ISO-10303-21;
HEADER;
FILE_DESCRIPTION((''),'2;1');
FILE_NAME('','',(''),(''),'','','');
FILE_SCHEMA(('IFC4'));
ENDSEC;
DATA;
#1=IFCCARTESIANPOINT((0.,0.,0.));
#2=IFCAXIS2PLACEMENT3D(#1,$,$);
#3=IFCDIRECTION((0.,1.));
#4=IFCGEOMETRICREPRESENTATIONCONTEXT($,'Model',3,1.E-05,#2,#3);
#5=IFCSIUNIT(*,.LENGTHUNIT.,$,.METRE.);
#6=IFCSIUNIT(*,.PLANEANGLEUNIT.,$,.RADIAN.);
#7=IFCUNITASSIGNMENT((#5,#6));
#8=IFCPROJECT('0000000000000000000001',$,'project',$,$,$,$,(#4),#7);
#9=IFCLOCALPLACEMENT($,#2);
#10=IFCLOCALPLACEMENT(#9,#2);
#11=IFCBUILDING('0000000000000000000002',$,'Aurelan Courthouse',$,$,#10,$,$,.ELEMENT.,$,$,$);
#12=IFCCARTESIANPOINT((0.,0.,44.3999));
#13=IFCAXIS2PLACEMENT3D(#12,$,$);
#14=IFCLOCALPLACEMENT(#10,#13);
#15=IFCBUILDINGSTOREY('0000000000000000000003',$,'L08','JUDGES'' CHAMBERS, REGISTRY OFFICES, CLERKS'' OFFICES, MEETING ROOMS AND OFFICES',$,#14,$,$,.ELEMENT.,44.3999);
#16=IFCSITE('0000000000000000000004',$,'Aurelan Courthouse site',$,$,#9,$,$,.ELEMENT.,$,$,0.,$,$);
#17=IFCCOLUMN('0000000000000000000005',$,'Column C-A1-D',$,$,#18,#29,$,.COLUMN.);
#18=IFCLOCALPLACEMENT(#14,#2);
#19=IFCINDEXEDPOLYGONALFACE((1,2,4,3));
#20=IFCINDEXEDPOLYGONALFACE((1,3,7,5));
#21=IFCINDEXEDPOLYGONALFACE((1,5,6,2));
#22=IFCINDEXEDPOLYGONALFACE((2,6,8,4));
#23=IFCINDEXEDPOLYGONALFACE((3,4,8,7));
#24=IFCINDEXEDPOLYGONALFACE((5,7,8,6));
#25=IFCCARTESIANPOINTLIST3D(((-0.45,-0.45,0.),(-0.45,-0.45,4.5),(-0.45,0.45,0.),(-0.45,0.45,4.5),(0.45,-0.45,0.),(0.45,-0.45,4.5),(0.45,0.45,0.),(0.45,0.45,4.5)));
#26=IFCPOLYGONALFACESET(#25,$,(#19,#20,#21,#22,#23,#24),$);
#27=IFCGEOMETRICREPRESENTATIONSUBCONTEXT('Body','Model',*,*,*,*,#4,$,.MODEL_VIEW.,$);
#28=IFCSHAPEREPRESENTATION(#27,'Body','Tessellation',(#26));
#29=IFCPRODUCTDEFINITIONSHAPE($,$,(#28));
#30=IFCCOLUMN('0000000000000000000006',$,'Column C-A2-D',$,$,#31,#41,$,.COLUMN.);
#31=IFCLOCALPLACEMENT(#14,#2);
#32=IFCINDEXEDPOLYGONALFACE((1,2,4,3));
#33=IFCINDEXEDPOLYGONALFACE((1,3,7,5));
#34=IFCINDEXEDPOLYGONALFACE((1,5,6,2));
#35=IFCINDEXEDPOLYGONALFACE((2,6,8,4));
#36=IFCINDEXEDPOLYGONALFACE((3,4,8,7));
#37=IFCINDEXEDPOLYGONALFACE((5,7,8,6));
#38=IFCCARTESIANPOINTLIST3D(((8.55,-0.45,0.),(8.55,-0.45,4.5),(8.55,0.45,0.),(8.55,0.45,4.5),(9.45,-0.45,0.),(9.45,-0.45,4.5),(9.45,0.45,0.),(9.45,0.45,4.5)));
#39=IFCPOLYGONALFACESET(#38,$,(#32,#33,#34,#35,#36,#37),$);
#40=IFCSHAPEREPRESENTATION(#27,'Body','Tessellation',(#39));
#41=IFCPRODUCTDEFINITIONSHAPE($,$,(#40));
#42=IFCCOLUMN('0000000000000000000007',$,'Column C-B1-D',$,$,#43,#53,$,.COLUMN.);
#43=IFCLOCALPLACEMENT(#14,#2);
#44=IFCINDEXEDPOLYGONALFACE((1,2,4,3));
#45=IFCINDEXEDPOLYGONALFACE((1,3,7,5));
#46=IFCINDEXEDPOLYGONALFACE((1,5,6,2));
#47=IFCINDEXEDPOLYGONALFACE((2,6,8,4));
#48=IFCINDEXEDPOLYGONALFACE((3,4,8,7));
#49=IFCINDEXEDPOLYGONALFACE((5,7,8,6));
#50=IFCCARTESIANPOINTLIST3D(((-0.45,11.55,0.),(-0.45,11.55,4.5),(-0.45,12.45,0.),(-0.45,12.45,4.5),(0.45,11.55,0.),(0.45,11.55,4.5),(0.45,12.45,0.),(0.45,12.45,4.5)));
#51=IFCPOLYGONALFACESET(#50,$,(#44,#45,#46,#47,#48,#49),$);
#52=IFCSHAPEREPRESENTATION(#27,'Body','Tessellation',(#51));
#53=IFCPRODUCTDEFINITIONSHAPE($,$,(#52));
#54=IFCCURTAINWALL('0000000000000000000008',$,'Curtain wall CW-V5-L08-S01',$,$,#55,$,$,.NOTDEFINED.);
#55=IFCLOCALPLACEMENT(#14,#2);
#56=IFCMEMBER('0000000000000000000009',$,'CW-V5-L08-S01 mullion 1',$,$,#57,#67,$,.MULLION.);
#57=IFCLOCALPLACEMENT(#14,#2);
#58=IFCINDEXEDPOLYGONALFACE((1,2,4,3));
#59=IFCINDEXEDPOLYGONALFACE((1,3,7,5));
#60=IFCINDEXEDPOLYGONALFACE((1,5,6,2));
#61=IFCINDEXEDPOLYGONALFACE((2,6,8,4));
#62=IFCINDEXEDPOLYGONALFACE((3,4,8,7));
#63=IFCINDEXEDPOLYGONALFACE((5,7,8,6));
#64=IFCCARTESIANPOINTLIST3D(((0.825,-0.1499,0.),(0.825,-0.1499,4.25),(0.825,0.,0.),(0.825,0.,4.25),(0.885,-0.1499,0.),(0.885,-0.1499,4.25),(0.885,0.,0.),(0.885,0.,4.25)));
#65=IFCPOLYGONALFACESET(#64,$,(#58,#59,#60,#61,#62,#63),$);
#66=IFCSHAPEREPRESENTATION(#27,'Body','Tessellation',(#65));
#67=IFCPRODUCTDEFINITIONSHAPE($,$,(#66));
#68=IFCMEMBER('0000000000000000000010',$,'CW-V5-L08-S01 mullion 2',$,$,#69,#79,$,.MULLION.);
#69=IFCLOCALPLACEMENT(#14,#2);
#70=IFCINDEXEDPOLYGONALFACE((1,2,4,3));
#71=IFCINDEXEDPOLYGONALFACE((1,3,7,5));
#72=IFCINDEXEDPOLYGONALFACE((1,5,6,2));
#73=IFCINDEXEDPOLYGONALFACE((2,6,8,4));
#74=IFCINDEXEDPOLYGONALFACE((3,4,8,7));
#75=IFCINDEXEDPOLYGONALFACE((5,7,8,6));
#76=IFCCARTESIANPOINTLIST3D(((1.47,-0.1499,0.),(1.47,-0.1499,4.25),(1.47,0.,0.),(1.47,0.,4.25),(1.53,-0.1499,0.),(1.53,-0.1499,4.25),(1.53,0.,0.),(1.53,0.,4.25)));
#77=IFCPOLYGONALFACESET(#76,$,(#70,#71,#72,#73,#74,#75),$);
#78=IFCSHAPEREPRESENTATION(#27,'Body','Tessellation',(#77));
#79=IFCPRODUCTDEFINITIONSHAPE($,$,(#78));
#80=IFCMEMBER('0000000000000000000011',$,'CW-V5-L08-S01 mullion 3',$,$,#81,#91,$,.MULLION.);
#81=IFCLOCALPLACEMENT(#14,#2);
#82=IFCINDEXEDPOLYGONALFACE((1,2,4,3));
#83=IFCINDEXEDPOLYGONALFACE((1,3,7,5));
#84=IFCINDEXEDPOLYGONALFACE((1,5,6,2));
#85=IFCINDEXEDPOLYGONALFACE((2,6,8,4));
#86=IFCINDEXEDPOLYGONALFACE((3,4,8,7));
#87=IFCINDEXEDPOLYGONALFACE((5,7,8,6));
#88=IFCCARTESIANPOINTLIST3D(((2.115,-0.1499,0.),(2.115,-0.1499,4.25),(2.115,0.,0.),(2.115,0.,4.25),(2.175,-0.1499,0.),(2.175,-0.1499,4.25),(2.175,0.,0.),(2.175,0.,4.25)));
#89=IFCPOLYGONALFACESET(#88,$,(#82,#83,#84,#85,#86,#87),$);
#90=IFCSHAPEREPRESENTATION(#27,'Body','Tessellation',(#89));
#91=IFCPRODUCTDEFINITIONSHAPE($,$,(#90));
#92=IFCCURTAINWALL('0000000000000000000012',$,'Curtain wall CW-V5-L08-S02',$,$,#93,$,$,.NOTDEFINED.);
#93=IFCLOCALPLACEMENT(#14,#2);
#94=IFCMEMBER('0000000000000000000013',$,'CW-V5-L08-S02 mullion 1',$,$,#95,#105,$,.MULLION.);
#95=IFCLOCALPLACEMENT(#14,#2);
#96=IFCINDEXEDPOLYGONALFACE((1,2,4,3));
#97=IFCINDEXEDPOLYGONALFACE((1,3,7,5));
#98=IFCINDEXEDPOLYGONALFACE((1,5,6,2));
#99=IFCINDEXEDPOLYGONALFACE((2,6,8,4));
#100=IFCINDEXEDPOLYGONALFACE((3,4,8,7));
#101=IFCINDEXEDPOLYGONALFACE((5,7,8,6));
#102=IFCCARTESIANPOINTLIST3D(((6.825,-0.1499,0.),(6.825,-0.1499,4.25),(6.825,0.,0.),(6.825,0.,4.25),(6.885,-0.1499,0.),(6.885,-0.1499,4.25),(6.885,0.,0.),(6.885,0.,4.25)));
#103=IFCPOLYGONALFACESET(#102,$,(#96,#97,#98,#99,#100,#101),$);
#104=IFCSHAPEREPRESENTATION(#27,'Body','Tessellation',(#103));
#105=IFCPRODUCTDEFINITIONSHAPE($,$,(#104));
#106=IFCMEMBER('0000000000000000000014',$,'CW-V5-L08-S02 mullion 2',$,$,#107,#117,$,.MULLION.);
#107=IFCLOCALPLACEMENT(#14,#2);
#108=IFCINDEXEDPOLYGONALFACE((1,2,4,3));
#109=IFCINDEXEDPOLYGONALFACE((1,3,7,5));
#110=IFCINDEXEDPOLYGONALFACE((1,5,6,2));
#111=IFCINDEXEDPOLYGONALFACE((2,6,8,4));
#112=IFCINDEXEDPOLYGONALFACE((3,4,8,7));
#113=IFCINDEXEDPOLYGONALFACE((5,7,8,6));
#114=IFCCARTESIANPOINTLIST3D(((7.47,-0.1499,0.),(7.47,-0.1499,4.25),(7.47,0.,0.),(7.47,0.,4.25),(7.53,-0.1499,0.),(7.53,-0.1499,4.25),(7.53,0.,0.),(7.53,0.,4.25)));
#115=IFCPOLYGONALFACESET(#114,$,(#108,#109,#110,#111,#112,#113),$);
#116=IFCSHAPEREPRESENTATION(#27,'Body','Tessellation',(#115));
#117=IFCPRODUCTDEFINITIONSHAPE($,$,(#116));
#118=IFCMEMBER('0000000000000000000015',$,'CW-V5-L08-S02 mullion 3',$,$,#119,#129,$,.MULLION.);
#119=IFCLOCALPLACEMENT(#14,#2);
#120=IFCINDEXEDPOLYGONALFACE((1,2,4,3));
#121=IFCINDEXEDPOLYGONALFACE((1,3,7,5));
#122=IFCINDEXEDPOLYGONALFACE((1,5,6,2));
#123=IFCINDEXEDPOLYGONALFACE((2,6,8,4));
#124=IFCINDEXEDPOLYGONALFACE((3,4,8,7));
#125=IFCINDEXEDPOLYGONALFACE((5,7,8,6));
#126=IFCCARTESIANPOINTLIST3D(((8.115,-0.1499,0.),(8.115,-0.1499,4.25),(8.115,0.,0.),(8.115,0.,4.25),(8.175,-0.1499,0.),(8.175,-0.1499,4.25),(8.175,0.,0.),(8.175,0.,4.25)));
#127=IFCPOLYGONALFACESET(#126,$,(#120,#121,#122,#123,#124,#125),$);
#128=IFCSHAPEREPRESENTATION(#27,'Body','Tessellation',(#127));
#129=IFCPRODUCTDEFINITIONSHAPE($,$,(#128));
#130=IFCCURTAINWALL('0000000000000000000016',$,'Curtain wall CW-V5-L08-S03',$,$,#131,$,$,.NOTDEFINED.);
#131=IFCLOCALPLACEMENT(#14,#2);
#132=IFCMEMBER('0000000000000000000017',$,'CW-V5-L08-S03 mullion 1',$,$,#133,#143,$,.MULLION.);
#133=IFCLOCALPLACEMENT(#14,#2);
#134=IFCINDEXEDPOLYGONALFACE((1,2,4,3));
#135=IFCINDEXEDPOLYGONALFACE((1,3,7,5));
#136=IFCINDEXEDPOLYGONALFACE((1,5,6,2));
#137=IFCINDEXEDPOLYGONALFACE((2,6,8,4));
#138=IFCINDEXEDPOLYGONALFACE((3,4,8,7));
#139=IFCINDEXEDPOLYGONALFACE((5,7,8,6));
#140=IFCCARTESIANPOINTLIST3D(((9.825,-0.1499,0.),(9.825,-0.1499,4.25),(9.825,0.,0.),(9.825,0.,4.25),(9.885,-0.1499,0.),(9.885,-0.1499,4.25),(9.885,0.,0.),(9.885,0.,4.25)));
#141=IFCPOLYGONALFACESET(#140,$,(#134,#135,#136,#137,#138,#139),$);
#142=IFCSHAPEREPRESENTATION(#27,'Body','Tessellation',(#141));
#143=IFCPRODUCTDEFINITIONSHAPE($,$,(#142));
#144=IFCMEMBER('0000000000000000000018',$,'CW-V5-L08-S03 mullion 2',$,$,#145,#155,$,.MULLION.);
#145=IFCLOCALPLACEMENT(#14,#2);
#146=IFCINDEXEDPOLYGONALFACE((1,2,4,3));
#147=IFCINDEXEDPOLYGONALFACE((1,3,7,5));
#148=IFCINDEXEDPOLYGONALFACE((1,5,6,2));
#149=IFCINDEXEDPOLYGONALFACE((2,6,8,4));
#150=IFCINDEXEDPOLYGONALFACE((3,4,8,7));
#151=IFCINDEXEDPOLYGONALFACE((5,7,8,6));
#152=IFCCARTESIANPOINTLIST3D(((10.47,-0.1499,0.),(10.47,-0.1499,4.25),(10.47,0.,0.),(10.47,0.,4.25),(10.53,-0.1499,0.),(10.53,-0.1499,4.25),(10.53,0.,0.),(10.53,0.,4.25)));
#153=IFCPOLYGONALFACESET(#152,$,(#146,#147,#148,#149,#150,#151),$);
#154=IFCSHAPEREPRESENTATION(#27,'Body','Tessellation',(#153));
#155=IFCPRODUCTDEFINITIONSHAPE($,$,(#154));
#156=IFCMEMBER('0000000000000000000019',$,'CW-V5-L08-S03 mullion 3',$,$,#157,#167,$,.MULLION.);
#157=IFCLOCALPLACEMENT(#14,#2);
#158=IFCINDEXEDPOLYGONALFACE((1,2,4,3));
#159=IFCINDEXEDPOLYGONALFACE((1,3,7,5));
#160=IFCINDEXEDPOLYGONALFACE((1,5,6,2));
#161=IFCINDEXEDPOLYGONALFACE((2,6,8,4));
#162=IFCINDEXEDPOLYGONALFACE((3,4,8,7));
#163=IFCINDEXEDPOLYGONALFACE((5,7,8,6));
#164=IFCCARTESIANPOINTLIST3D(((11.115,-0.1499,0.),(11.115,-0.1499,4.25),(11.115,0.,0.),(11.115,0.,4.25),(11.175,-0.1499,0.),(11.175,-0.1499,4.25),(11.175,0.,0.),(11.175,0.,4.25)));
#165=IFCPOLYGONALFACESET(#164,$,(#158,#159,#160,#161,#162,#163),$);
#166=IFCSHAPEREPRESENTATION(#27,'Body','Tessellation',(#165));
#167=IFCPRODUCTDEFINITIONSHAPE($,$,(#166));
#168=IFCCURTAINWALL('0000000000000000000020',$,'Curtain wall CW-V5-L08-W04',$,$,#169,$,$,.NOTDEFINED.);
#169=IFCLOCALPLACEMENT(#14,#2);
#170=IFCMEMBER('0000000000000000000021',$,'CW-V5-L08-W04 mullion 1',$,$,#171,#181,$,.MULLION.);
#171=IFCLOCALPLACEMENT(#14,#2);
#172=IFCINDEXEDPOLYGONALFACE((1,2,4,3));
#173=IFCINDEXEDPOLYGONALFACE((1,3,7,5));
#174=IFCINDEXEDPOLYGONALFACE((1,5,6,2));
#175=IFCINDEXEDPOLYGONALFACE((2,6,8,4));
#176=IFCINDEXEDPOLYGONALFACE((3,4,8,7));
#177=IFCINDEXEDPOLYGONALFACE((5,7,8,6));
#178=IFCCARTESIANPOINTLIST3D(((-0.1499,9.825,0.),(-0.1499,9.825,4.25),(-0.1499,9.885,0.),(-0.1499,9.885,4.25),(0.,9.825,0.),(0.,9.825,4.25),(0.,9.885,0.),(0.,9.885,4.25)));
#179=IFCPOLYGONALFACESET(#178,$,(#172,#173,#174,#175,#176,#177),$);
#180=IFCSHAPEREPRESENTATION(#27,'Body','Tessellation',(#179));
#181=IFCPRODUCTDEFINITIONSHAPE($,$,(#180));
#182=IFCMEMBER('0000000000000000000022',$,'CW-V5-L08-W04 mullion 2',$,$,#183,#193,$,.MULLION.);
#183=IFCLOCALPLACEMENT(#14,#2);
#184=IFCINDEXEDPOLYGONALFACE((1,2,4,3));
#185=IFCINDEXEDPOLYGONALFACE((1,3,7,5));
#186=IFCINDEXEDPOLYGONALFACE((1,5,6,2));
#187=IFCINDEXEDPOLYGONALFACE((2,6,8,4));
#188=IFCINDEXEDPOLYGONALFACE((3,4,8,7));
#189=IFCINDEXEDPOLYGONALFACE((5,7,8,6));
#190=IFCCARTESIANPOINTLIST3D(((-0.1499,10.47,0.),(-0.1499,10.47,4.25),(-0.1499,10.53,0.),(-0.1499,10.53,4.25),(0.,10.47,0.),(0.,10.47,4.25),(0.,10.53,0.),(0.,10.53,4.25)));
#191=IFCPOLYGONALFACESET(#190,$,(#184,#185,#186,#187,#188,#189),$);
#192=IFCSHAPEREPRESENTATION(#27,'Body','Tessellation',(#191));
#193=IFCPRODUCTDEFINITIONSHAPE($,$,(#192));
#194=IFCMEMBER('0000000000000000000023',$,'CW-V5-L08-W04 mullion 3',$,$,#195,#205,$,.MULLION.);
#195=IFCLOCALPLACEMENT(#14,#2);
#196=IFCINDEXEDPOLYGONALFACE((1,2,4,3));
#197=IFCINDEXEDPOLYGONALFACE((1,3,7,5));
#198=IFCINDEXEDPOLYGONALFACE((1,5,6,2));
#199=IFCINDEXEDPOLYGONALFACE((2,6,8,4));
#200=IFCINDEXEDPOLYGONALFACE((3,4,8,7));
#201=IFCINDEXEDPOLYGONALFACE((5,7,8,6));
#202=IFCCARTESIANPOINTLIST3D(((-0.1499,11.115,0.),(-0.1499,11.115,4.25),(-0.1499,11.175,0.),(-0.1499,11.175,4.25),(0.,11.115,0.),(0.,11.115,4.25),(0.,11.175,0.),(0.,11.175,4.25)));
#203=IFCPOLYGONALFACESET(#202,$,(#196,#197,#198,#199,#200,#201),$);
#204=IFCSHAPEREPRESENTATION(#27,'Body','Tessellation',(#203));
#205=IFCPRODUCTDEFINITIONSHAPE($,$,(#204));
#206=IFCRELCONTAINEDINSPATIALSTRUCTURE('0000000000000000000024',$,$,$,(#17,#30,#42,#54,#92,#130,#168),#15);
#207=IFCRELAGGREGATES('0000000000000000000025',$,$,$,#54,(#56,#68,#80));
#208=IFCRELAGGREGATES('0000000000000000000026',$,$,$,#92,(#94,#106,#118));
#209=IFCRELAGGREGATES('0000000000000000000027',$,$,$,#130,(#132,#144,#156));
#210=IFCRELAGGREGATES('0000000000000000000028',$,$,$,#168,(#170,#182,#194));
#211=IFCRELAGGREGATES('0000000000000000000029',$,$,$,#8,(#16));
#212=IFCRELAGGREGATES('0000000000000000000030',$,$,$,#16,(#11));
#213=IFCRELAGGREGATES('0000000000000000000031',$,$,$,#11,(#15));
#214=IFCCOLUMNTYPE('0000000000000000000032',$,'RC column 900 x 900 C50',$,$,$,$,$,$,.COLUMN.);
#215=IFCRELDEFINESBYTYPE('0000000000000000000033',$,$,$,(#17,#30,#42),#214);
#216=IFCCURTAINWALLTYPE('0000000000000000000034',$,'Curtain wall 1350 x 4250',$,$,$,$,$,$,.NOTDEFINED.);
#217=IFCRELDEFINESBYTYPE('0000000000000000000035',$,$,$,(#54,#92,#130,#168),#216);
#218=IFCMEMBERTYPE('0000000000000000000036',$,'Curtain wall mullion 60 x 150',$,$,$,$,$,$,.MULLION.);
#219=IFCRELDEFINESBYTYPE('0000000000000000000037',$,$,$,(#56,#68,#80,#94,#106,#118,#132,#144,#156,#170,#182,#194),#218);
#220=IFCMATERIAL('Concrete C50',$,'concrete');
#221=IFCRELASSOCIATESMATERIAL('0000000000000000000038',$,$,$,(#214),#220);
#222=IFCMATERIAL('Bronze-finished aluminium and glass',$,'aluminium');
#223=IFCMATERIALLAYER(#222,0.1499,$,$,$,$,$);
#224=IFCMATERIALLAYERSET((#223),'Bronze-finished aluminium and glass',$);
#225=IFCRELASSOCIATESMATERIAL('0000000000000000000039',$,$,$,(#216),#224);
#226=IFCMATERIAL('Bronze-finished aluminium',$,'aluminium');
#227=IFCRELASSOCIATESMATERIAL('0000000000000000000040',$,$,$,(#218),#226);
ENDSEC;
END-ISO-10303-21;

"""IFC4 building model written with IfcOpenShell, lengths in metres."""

from ifc_helpers import new_model, si_unit, direction, frame, origin, origin_2d, place, context, subcontext, project, spatial, rectangle, extrude, material, layer, layer_set, material_profile, profile_set, type_object, element, aggregate, save


model = new_model("IFC4")

# Units and contexts
model_context = context("Model", 3, precision=1e-05, world=origin(), true_north=direction((0.0, 1.0)))
body_context = subcontext(model_context, "Body", "Model", "MODEL_VIEW")
ifc_project = project(units=[si_unit("LENGTHUNIT", "METRE"), si_unit("PLANEANGLEUNIT", "RADIAN")], contexts=[model_context])

# Site, building, storey
site_placement = place(None, origin())
site = spatial("IfcSite", under=ifc_project, at=site_placement, Name="Aurelan Courthouse site", CompositionType="ELEMENT", RefElevation=0.0)
building_placement = place(site_placement, origin())
building = spatial("IfcBuilding", under=site, at=building_placement, Name="Aurelan Courthouse", CompositionType="ELEMENT")
storey_placement = place(building_placement, frame((0.0, 0.0, 44.3999)))
storey = spatial("IfcBuildingStorey", under=building, at=storey_placement, Name="L08", Description="JUDGES' CHAMBERS, REGISTRY OFFICES, CLERKS' OFFICES, MEETING ROOMS AND OFFICES", CompositionType="ELEMENT", Elevation=44.3999)

# Columns
ifc_material_1 = material(Name="Concrete C50", Category="concrete")
ifc_material_profile_1 = material_profile(ifc_material_1, rectangle(XDim=0.8999, YDim=0.8999, at=origin_2d()), Name="RC 900 x 900")
ifc_profile_set_1 = profile_set([ifc_material_profile_1], Name="Concrete C50")
column_type = type_object("IfcColumnType", Name="RC column 900 x 900 C50", PredefinedType="COLUMN", material=ifc_profile_set_1)
for number, where, z_axis, x_axis, name in (
    (1, (0.0, 0.0, 0.0), (0.0, 0.0, 1.0), (1.0, 0.0, 0.0), "Column C-A1-D"),
    (2, (9.0, 0.0, 0.0), (0.0, 0.0, 1.0), (1.0, 0.0, 0.0), "Column C-A2-D"),
    (3, (0.0, 12.0, 0.0), (0.0, 0.0, 1.0), (1.0, 0.0, 0.0), "Column C-B1-D"),
):
    element("IfcColumn", number, at=place(storey_placement, frame(where, z_axis=z_axis, x_axis=x_axis)), inside=storey, type_object=column_type, Name=name, PredefinedType="COLUMN", context=body_context, shape_type="SweptSolid", body=[
        extrude(rectangle(XDim=0.8999, YDim=0.8999, at=origin_2d()), origin(), (0.0, 0.0, 1.0), 4.5),
    ])

# Curtain walls, members
ifc_material_2 = material(Name="Bronze-finished aluminium and glass", Category="aluminium")
ifc_layer_1 = layer(ifc_material_2, 0.1499)
ifc_layer_set_1 = layer_set([ifc_layer_1], Name="Bronze-finished aluminium and glass")
curtain_wall_type = type_object("IfcCurtainWallType", Name="Curtain wall 1350 x 4250", PredefinedType="NOTDEFINED", material=ifc_layer_set_1)
curtain_wall_1_placement = place(storey_placement, origin())
curtain_wall_1 = element("IfcCurtainWall", 4, at=curtain_wall_1_placement, inside=storey, type_object=curtain_wall_type, Name="Curtain wall CW-V5-L08-S01", PredefinedType="NOTDEFINED")
ifc_material_3 = material(Name="Bronze-finished aluminium", Category="aluminium")
ifc_material_profile_2 = material_profile(ifc_material_3, rectangle(XDim=0.1499, YDim=0.0601, at=origin_2d()), Name="Bronze mullion 60 x 150")
ifc_profile_set_2 = profile_set([ifc_material_profile_2], Name="Bronze-finished aluminium")
member_type = type_object("IfcMemberType", Name="Curtain wall mullion 60 x 150", PredefinedType="MULLION", material=ifc_profile_set_2)
member_1_placement = place(storey_placement, frame((0.855, -0.075, 0.0), z_axis=(0.0, 0.0, 1.0), x_axis=(0.0, 1.0, 0.0)))
member_1 = element("IfcMember", 5, at=member_1_placement, type_object=member_type, Name="CW-V5-L08-S01 mullion 1", PredefinedType="MULLION", context=body_context, shape_type="SweptSolid", body=[
    extrude(rectangle(XDim=0.1499, YDim=0.0601, at=origin_2d()), origin(), (0.0, 0.0, 1.0), 4.25),
])
member_2_placement = place(storey_placement, frame((1.5, -0.075, 0.0), z_axis=(0.0, 0.0, 1.0), x_axis=(0.0, 1.0, 0.0)))
member_2 = element("IfcMember", 6, at=member_2_placement, type_object=member_type, Name="CW-V5-L08-S01 mullion 2", PredefinedType="MULLION", context=body_context, shape_type="SweptSolid", body=[
    extrude(rectangle(XDim=0.1499, YDim=0.0601, at=origin_2d()), origin(), (0.0, 0.0, 1.0), 4.25),
])
member_3_placement = place(storey_placement, frame((2.145, -0.075, 0.0), z_axis=(0.0, 0.0, 1.0), x_axis=(0.0, 1.0, 0.0)))
member_3 = element("IfcMember", 7, at=member_3_placement, type_object=member_type, Name="CW-V5-L08-S01 mullion 3", PredefinedType="MULLION", context=body_context, shape_type="SweptSolid", body=[
    extrude(rectangle(XDim=0.1499, YDim=0.0601, at=origin_2d()), origin(), (0.0, 0.0, 1.0), 4.25),
])
aggregate(curtain_wall_1, [member_1, member_2, member_3])
curtain_wall_2_placement = place(storey_placement, origin())
curtain_wall_2 = element("IfcCurtainWall", 8, at=curtain_wall_2_placement, inside=storey, type_object=curtain_wall_type, Name="Curtain wall CW-V5-L08-S02", PredefinedType="NOTDEFINED")
member_4_placement = place(storey_placement, frame((6.855, -0.075, 0.0), z_axis=(0.0, 0.0, 1.0), x_axis=(0.0, 1.0, 0.0)))
member_4 = element("IfcMember", 9, at=member_4_placement, type_object=member_type, Name="CW-V5-L08-S02 mullion 1", PredefinedType="MULLION", context=body_context, shape_type="SweptSolid", body=[
    extrude(rectangle(XDim=0.1499, YDim=0.0601, at=origin_2d()), origin(), (0.0, 0.0, 1.0), 4.25),
])
member_5_placement = place(storey_placement, frame((7.5, -0.075, 0.0), z_axis=(0.0, 0.0, 1.0), x_axis=(0.0, 1.0, 0.0)))
member_5 = element("IfcMember", 10, at=member_5_placement, type_object=member_type, Name="CW-V5-L08-S02 mullion 2", PredefinedType="MULLION", context=body_context, shape_type="SweptSolid", body=[
    extrude(rectangle(XDim=0.1499, YDim=0.0601, at=origin_2d()), origin(), (0.0, 0.0, 1.0), 4.25),
])
member_6_placement = place(storey_placement, frame((8.145, -0.075, 0.0), z_axis=(0.0, 0.0, 1.0), x_axis=(0.0, 1.0, 0.0)))
member_6 = element("IfcMember", 11, at=member_6_placement, type_object=member_type, Name="CW-V5-L08-S02 mullion 3", PredefinedType="MULLION", context=body_context, shape_type="SweptSolid", body=[
    extrude(rectangle(XDim=0.1499, YDim=0.0601, at=origin_2d()), origin(), (0.0, 0.0, 1.0), 4.25),
])
aggregate(curtain_wall_2, [member_4, member_5, member_6])
curtain_wall_3_placement = place(storey_placement, origin())
curtain_wall_3 = element("IfcCurtainWall", 12, at=curtain_wall_3_placement, inside=storey, type_object=curtain_wall_type, Name="Curtain wall CW-V5-L08-S03", PredefinedType="NOTDEFINED")
member_7_placement = place(storey_placement, frame((9.855, -0.075, 0.0), z_axis=(0.0, 0.0, 1.0), x_axis=(0.0, 1.0, 0.0)))
member_7 = element("IfcMember", 13, at=member_7_placement, type_object=member_type, Name="CW-V5-L08-S03 mullion 1", PredefinedType="MULLION", context=body_context, shape_type="SweptSolid", body=[
    extrude(rectangle(XDim=0.1499, YDim=0.0601, at=origin_2d()), origin(), (0.0, 0.0, 1.0), 4.25),
])
member_8_placement = place(storey_placement, frame((10.5, -0.075, 0.0), z_axis=(0.0, 0.0, 1.0), x_axis=(0.0, 1.0, 0.0)))
member_8 = element("IfcMember", 14, at=member_8_placement, type_object=member_type, Name="CW-V5-L08-S03 mullion 2", PredefinedType="MULLION", context=body_context, shape_type="SweptSolid", body=[
    extrude(rectangle(XDim=0.1499, YDim=0.0601, at=origin_2d()), origin(), (0.0, 0.0, 1.0), 4.25),
])
member_9_placement = place(storey_placement, frame((11.145, -0.075, 0.0), z_axis=(0.0, 0.0, 1.0), x_axis=(0.0, 1.0, 0.0)))
member_9 = element("IfcMember", 15, at=member_9_placement, type_object=member_type, Name="CW-V5-L08-S03 mullion 3", PredefinedType="MULLION", context=body_context, shape_type="SweptSolid", body=[
    extrude(rectangle(XDim=0.1499, YDim=0.0601, at=origin_2d()), origin(), (0.0, 0.0, 1.0), 4.25),
])
aggregate(curtain_wall_3, [member_7, member_8, member_9])
curtain_wall_4_placement = place(storey_placement, origin())
curtain_wall_4 = element("IfcCurtainWall", 16, at=curtain_wall_4_placement, inside=storey, type_object=curtain_wall_type, Name="Curtain wall CW-V5-L08-W04", PredefinedType="NOTDEFINED")
member_10_placement = place(storey_placement, frame((-0.075, 9.855, 0.0), z_axis=(0.0, 0.0, 1.0), x_axis=(-1.0, 0.0, 0.0)))
member_10 = element("IfcMember", 17, at=member_10_placement, type_object=member_type, Name="CW-V5-L08-W04 mullion 1", PredefinedType="MULLION", context=body_context, shape_type="SweptSolid", body=[
    extrude(rectangle(XDim=0.1499, YDim=0.0601, at=origin_2d()), origin(), (0.0, 0.0, 1.0), 4.25),
])
member_11_placement = place(storey_placement, frame((-0.075, 10.5, 0.0), z_axis=(0.0, 0.0, 1.0), x_axis=(-1.0, 0.0, 0.0)))
member_11 = element("IfcMember", 18, at=member_11_placement, type_object=member_type, Name="CW-V5-L08-W04 mullion 2", PredefinedType="MULLION", context=body_context, shape_type="SweptSolid", body=[
    extrude(rectangle(XDim=0.1499, YDim=0.0601, at=origin_2d()), origin(), (0.0, 0.0, 1.0), 4.25),
])
member_12_placement = place(storey_placement, frame((-0.075, 11.145, 0.0), z_axis=(0.0, 0.0, 1.0), x_axis=(-1.0, 0.0, 0.0)))
member_12 = element("IfcMember", 19, at=member_12_placement, type_object=member_type, Name="CW-V5-L08-W04 mullion 3", PredefinedType="MULLION", context=body_context, shape_type="SweptSolid", body=[
    extrude(rectangle(XDim=0.1499, YDim=0.0601, at=origin_2d()), origin(), (0.0, 0.0, 1.0), 4.25),
])
aggregate(curtain_wall_4, [member_10, member_11, member_12])

save(model, "model.ifc")
